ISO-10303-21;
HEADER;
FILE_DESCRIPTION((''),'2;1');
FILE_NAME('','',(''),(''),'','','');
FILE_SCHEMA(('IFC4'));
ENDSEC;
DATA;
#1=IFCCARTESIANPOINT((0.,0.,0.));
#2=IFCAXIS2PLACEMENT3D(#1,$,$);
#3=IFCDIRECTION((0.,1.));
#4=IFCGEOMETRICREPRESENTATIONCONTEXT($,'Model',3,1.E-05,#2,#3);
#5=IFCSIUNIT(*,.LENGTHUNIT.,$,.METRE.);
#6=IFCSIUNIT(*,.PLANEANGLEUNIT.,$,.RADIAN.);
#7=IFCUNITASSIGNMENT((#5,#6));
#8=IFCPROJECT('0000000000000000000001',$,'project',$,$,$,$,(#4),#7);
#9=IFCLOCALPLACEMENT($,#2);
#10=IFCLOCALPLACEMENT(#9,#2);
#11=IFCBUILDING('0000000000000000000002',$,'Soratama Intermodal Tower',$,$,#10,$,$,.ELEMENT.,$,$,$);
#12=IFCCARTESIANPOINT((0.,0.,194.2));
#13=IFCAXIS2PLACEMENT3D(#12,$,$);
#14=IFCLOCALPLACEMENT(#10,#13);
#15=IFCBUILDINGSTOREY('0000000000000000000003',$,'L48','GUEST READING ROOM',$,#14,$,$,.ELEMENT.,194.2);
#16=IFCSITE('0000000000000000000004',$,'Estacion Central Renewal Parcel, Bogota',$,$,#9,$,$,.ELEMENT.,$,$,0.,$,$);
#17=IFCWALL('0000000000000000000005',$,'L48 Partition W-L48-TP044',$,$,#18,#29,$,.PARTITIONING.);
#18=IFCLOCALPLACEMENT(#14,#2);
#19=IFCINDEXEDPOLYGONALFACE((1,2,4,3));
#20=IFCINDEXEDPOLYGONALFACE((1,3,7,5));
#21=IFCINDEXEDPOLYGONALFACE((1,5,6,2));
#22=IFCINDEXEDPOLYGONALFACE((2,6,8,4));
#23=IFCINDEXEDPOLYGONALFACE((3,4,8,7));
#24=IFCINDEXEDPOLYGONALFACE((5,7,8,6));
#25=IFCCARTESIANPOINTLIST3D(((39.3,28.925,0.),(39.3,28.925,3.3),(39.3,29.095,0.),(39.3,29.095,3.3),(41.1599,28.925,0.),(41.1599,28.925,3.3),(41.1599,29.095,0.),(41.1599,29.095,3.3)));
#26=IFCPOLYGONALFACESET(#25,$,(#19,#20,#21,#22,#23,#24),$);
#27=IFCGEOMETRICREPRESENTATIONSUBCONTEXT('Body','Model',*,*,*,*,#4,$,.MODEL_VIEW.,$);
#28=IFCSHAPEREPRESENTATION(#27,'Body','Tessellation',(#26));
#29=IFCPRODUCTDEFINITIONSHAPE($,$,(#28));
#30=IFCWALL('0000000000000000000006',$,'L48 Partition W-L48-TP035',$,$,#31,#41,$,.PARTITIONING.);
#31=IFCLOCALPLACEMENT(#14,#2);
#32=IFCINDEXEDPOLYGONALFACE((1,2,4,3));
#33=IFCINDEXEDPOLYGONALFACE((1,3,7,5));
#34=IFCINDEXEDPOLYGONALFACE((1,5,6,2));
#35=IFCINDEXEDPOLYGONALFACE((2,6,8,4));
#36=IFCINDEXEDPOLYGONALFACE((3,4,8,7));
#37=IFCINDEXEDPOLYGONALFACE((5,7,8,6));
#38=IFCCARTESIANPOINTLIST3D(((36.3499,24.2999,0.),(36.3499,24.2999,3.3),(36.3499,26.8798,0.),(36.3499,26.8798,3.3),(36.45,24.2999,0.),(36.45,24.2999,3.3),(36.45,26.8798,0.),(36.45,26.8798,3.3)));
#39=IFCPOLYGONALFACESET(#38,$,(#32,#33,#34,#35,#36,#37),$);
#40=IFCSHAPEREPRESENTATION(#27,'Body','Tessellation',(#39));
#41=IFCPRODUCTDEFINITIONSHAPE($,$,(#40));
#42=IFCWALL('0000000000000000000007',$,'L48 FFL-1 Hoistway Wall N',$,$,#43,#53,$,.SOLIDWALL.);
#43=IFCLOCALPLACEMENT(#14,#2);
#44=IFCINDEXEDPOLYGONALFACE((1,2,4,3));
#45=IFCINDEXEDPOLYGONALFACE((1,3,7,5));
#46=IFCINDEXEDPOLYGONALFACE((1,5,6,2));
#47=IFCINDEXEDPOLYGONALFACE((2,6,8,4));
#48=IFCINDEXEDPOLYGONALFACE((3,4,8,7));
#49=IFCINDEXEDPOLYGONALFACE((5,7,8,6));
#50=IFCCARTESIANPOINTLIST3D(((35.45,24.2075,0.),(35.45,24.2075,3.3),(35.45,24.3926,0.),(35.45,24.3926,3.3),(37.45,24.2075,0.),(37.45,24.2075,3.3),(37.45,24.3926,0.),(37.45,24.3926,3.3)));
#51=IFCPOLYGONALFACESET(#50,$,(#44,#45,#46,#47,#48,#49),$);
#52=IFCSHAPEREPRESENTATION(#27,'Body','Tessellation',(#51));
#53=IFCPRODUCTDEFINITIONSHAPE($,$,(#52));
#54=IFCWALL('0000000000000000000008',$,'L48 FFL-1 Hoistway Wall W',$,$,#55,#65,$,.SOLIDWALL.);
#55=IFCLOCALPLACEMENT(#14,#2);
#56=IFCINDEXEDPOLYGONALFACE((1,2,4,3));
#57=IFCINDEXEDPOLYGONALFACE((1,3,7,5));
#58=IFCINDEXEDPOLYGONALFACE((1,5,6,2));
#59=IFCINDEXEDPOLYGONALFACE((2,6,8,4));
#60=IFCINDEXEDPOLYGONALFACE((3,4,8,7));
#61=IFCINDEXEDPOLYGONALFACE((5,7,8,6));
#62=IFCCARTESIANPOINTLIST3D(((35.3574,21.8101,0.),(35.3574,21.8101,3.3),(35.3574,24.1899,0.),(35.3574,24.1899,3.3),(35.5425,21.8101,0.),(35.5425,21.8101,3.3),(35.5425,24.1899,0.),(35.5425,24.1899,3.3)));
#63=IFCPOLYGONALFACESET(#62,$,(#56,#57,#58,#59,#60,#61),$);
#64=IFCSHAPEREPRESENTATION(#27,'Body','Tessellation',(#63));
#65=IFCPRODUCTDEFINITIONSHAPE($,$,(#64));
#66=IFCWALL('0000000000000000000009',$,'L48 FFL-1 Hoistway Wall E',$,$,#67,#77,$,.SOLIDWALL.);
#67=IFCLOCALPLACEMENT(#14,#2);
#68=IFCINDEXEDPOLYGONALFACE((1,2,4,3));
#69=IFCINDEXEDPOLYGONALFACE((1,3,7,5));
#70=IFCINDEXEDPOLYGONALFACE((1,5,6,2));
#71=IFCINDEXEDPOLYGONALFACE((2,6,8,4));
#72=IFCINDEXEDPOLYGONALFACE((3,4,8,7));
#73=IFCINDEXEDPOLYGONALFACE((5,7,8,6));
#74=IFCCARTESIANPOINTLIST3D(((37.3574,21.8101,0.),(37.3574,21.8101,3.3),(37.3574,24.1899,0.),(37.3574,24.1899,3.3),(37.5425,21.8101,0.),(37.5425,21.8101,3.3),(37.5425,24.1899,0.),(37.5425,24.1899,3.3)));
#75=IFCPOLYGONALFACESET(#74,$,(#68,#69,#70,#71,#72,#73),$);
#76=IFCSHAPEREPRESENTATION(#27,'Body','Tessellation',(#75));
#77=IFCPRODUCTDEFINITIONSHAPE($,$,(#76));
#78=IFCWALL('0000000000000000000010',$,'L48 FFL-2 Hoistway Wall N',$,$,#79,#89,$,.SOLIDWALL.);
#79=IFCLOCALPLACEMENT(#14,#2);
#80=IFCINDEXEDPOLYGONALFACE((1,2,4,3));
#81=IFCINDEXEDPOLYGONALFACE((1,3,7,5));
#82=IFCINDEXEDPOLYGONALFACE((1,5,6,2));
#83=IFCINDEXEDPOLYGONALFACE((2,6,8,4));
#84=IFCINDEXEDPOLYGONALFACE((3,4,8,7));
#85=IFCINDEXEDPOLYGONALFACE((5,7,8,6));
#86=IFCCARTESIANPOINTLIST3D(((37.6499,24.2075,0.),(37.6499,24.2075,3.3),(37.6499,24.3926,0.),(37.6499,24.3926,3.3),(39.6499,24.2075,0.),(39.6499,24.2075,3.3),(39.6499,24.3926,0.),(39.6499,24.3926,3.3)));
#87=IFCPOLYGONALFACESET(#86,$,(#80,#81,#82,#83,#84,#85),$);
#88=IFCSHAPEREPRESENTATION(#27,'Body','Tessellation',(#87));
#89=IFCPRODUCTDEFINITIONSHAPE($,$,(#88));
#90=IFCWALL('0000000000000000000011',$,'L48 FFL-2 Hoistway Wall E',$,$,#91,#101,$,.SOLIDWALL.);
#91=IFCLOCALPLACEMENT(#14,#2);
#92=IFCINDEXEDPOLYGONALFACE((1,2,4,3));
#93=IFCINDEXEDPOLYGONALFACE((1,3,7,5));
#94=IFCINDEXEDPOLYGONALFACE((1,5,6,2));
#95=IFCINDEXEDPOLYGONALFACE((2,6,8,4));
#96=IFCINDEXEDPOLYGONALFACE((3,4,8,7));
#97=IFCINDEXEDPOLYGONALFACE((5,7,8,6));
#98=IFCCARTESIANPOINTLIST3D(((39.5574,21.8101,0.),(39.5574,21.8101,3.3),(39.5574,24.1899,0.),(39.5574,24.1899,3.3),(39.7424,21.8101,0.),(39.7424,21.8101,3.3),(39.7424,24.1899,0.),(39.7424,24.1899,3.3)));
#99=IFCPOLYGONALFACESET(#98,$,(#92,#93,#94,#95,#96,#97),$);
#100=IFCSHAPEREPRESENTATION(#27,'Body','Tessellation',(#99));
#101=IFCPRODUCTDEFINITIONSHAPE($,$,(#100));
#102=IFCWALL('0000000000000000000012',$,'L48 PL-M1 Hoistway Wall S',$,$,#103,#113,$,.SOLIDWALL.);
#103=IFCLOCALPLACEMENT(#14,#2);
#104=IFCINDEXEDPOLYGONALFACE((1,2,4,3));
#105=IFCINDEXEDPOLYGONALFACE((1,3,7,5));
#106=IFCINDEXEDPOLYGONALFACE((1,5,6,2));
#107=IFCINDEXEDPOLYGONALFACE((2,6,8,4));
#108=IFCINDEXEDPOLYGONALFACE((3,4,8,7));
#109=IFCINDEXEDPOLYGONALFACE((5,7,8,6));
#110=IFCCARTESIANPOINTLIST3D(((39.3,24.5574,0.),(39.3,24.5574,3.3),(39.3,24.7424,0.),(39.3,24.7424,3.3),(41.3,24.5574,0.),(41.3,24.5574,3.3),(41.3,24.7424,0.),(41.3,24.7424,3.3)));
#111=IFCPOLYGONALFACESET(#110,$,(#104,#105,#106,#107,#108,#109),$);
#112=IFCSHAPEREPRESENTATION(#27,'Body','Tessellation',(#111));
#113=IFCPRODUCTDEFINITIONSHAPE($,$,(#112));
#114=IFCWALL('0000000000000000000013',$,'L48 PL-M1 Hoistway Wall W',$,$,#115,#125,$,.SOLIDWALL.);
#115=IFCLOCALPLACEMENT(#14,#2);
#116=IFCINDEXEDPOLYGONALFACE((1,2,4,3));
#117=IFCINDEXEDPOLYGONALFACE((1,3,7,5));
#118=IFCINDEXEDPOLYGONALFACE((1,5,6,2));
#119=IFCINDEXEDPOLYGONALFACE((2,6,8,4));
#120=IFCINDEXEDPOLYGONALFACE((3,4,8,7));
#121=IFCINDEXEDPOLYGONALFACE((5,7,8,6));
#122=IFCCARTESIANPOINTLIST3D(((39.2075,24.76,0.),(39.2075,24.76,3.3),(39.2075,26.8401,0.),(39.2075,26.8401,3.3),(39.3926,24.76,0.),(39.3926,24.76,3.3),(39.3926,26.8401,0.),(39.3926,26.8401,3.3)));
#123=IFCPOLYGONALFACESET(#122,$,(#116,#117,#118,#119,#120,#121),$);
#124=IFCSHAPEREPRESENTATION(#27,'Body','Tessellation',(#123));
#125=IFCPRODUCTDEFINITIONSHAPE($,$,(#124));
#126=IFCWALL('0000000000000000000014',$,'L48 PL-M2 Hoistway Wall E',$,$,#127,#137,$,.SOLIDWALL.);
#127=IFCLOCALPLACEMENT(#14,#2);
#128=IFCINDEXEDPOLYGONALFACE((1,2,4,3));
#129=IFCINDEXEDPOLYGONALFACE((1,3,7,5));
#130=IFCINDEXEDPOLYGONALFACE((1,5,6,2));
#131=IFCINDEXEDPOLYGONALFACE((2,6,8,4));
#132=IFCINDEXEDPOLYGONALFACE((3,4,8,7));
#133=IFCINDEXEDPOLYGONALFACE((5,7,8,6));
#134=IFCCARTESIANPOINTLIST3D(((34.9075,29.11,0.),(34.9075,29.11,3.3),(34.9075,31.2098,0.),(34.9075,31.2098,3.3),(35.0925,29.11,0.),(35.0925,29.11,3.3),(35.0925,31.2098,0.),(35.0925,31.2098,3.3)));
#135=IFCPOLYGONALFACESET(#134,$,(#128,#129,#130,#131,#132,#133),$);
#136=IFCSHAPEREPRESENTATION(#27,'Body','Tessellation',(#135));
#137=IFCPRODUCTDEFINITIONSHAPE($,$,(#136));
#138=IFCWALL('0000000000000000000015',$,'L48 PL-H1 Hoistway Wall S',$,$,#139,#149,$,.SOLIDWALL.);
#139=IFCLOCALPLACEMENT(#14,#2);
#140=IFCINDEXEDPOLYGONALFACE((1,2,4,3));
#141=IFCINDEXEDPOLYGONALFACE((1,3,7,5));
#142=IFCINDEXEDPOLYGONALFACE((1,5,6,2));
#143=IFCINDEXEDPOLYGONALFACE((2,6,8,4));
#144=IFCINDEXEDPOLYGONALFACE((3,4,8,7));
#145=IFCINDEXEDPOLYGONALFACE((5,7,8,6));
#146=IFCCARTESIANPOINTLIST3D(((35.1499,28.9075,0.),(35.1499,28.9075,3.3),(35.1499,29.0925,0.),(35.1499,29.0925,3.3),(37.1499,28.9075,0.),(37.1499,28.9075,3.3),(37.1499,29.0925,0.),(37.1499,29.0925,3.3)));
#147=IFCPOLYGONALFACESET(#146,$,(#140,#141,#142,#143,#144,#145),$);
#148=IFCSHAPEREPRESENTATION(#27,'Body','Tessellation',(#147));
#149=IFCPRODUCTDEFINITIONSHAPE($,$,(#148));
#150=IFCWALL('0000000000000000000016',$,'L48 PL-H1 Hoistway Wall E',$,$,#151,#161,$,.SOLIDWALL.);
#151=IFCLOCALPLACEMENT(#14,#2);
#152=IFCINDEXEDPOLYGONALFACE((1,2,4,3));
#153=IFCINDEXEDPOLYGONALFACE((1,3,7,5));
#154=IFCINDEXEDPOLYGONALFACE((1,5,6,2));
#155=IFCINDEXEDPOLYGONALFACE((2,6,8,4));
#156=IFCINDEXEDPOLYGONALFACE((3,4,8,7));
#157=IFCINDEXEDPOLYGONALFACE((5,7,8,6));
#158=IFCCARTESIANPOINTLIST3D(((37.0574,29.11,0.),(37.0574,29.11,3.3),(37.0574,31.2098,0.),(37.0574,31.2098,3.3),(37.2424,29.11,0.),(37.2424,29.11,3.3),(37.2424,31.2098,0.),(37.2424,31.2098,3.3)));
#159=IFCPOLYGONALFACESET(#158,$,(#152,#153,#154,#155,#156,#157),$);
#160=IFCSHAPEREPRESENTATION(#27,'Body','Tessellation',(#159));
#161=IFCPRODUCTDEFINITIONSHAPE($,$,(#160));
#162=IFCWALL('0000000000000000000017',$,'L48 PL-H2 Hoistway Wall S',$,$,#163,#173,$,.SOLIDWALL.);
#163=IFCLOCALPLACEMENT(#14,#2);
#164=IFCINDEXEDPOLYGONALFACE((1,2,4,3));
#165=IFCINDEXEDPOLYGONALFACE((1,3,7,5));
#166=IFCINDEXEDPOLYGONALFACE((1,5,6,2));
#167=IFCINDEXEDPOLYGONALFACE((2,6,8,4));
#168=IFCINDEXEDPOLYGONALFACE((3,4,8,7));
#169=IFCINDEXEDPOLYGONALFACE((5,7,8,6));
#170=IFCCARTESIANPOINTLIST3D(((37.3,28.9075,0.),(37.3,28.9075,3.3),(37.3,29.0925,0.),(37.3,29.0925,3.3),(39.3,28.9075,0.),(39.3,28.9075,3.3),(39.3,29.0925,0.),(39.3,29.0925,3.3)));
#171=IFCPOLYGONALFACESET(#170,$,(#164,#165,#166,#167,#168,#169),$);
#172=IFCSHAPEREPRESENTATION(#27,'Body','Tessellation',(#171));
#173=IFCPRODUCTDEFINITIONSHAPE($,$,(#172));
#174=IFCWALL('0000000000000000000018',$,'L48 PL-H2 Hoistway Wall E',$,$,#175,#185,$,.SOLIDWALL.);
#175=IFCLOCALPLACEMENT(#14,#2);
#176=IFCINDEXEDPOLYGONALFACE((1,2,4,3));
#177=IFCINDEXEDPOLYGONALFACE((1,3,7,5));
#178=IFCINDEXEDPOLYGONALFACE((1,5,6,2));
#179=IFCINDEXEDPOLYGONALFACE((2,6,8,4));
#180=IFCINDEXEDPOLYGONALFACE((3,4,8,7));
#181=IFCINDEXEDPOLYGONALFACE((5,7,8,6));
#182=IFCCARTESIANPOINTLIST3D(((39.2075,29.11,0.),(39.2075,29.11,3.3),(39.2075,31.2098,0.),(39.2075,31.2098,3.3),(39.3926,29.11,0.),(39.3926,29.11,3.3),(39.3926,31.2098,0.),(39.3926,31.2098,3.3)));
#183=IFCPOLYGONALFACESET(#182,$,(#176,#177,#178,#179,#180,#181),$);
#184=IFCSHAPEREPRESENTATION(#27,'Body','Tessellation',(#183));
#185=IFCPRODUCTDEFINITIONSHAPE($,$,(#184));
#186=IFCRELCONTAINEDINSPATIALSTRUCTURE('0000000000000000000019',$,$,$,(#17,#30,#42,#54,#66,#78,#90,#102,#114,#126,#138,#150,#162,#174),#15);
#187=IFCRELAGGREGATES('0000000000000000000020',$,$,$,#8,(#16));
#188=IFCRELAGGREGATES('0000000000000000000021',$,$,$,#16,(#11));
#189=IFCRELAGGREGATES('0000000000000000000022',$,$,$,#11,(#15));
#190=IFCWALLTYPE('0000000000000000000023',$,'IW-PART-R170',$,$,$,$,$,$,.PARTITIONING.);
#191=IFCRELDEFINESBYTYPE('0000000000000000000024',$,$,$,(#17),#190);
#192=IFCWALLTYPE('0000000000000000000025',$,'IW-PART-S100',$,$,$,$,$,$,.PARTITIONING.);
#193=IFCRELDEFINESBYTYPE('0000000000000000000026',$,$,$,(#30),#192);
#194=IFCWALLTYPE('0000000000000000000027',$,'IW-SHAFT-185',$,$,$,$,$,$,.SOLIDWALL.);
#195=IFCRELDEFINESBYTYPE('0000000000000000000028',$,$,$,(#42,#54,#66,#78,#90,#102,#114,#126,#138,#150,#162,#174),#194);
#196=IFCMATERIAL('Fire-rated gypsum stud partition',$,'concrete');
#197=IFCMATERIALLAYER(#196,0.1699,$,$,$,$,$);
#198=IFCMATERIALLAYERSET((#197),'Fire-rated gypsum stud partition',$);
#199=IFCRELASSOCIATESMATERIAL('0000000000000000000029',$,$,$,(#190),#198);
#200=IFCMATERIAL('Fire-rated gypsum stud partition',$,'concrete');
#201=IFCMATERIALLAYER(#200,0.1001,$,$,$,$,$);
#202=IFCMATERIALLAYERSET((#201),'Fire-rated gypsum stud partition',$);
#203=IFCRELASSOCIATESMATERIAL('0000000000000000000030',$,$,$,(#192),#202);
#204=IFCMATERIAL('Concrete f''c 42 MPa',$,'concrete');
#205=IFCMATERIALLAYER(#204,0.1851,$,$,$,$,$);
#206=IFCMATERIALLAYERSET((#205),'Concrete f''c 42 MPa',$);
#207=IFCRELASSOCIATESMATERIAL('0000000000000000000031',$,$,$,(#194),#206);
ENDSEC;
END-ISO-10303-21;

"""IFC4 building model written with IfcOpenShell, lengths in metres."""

from ifc_helpers import new_model, si_unit, direction, frame, frame_2d, origin, place, context, subcontext, project, spatial, rectangle, extrude, material, layer, layer_set, type_object, element, save


model = new_model("IFC4")

# Units and contexts
model_context = context("Model", 3, precision=1e-05, world=origin(), true_north=direction((0.0, 1.0)))
body_context = subcontext(model_context, "Body", "Model", "MODEL_VIEW")
ifc_project = project(units=[si_unit("LENGTHUNIT", "METRE"), si_unit("PLANEANGLEUNIT", "RADIAN")], contexts=[model_context])

# Site, building, storey
site_placement = place(None, origin())
site = spatial("IfcSite", under=ifc_project, at=site_placement, Name="Estacion Central Renewal Parcel, Bogota", CompositionType="ELEMENT", RefElevation=0.0)
building_placement = place(site_placement, origin())
building = spatial("IfcBuilding", under=site, at=building_placement, Name="Soratama Intermodal Tower", CompositionType="ELEMENT")
storey_placement = place(building_placement, frame((0.0, 0.0, 194.2)))
storey = spatial("IfcBuildingStorey", under=building, at=storey_placement, Name="L48", Description="GUEST READING ROOM", CompositionType="ELEMENT", Elevation=194.2)

# Shared definitions
ifc_material_1 = material(Name="Fire-rated gypsum stud partition", Category="concrete")
ifc_layer_1 = layer(ifc_material_1, 0.1699)
ifc_layer_set_1 = layer_set([ifc_layer_1], Name="Fire-rated gypsum stud partition")
wall_type_1 = type_object("IfcWallType", Name="IW-PART-R170", PredefinedType="PARTITIONING", material=ifc_layer_set_1)

# Walls
wall_1_placement = place(storey_placement, frame((39.3, 29.01, 0.0), z_axis=(0.0, 0.0, 1.0), x_axis=(1.0, 0.0, 0.0)))
element("IfcWall", 1, at=wall_1_placement, inside=storey, type_object=wall_type_1, Name="L48 Partition W-L48-TP044", PredefinedType="PARTITIONING", context=body_context, shape_type="SweptSolid", body=[
    extrude(rectangle(XDim=1.8599, YDim=0.1699, at=frame_2d((0.9299, 0.0))), origin(), (0.0, 0.0, 1.0), 3.3),
])
ifc_material_2 = material(Name="Fire-rated gypsum stud partition", Category="concrete")
ifc_layer_2 = layer(ifc_material_2, 0.1001)
ifc_layer_set_2 = layer_set([ifc_layer_2], Name="Fire-rated gypsum stud partition")
wall_type_2 = type_object("IfcWallType", Name="IW-PART-S100", PredefinedType="PARTITIONING", material=ifc_layer_set_2)
wall_2_placement = place(storey_placement, frame((36.3999, 26.8799, 0.0), z_axis=(0.0, 0.0, 1.0), x_axis=(0.0, -1.0, 0.0)))
element("IfcWall", 2, at=wall_2_placement, inside=storey, type_object=wall_type_2, Name="L48 Partition W-L48-TP035", PredefinedType="PARTITIONING", context=body_context, shape_type="SweptSolid", body=[
    extrude(rectangle(XDim=2.5798, YDim=0.1001, at=frame_2d((1.29, 0.0))), origin(), (0.0, 0.0, 1.0), 3.3),
])
ifc_material_3 = material(Name="Concrete f'c 42 MPa", Category="concrete")
ifc_layer_3 = layer(ifc_material_3, 0.1851)
ifc_layer_set_3 = layer_set([ifc_layer_3], Name="Concrete f'c 42 MPa")
wall_type_3 = type_object("IfcWallType", Name="IW-SHAFT-185", PredefinedType="SOLIDWALL", material=ifc_layer_set_3)
wall_3_placement = place(storey_placement, frame((35.45, 24.3, 0.0), z_axis=(0.0, 0.0, 1.0), x_axis=(1.0, 0.0, 0.0)))
element("IfcWall", 3, at=wall_3_placement, inside=storey, type_object=wall_type_3, Name="L48 FFL-1 Hoistway Wall N", PredefinedType="SOLIDWALL", context=body_context, shape_type="SweptSolid", body=[
    extrude(rectangle(XDim=2.0, YDim=0.1851, at=frame_2d((1.0, 0.0))), origin(), (0.0, 0.0, 1.0), 3.3),
])
for number, where, z_axis, x_axis, name in (
    (4, (35.45, 21.8101, 0.0), (0.0, 0.0, 1.0), (0.0, 1.0, 0.0), "L48 FFL-1 Hoistway Wall W"),
    (5, (37.45, 21.8101, 0.0), (0.0, 0.0, 1.0), (0.0, 1.0, 0.0), "L48 FFL-1 Hoistway Wall E"),
):
    element("IfcWall", number, at=place(storey_placement, frame(where, z_axis=z_axis, x_axis=x_axis)), inside=storey, type_object=wall_type_3, Name=name, PredefinedType="SOLIDWALL", context=body_context, shape_type="SweptSolid", body=[
        extrude(rectangle(XDim=2.3799, YDim=0.1851, at=frame_2d((1.1899, 0.0))), origin(), (0.0, 0.0, 1.0), 3.3),
    ])

# Walls
wall_4_placement = place(storey_placement, frame((37.6499, 24.3, 0.0), z_axis=(0.0, 0.0, 1.0), x_axis=(1.0, 0.0, 0.0)))
element("IfcWall", 6, at=wall_4_placement, inside=storey, type_object=wall_type_3, Name="L48 FFL-2 Hoistway Wall N", PredefinedType="SOLIDWALL", context=body_context, shape_type="SweptSolid", body=[
    extrude(rectangle(XDim=2.0, YDim=0.1851, at=frame_2d((1.0, 0.0))), origin(), (0.0, 0.0, 1.0), 3.3),
])
wall_5_placement = place(storey_placement, frame((39.6499, 21.8101, 0.0), z_axis=(0.0, 0.0, 1.0), x_axis=(0.0, 1.0, 0.0)))
element("IfcWall", 7, at=wall_5_placement, inside=storey, type_object=wall_type_3, Name="L48 FFL-2 Hoistway Wall E", PredefinedType="SOLIDWALL", context=body_context, shape_type="SweptSolid", body=[
    extrude(rectangle(XDim=2.3799, YDim=0.1851, at=frame_2d((1.1899, 0.0))), origin(), (0.0, 0.0, 1.0), 3.3),
])
wall_6_placement = place(storey_placement, frame((39.3, 24.6499, 0.0), z_axis=(0.0, 0.0, 1.0), x_axis=(1.0, 0.0, 0.0)))
element("IfcWall", 8, at=wall_6_placement, inside=storey, type_object=wall_type_3, Name="L48 PL-M1 Hoistway Wall S", PredefinedType="SOLIDWALL", context=body_context, shape_type="SweptSolid", body=[
    extrude(rectangle(XDim=2.0, YDim=0.1851, at=frame_2d((1.0, 0.0))), origin(), (0.0, 0.0, 1.0), 3.3),
])

# Walls
wall_7_placement = place(storey_placement, frame((39.3, 24.76, 0.0), z_axis=(0.0, 0.0, 1.0), x_axis=(0.0, 1.0, 0.0)))
element("IfcWall", 9, at=wall_7_placement, inside=storey, type_object=wall_type_3, Name="L48 PL-M1 Hoistway Wall W", PredefinedType="SOLIDWALL", context=body_context, shape_type="SweptSolid", body=[
    extrude(rectangle(XDim=2.0801, YDim=0.1851, at=frame_2d((1.04, 0.0))), origin(), (0.0, 0.0, 1.0), 3.3),
])
wall_8_placement = place(storey_placement, frame((35.0, 29.1101, 0.0), z_axis=(0.0, 0.0, 1.0), x_axis=(0.0, 1.0, 0.0)))
element("IfcWall", 10, at=wall_8_placement, inside=storey, type_object=wall_type_3, Name="L48 PL-M2 Hoistway Wall E", PredefinedType="SOLIDWALL", context=body_context, shape_type="SweptSolid", body=[
    extrude(rectangle(XDim=2.0999, YDim=0.1851, at=frame_2d((1.0498, 0.0))), origin(), (0.0, 0.0, 1.0), 3.3),
])
wall_9_placement = place(storey_placement, frame((35.1499, 29.0, 0.0), z_axis=(0.0, 0.0, 1.0), x_axis=(1.0, 0.0, 0.0)))
element("IfcWall", 11, at=wall_9_placement, inside=storey, type_object=wall_type_3, Name="L48 PL-H1 Hoistway Wall S", PredefinedType="SOLIDWALL", context=body_context, shape_type="SweptSolid", body=[
    extrude(rectangle(XDim=2.0, YDim=0.1851, at=frame_2d((1.0, 0.0))), origin(), (0.0, 0.0, 1.0), 3.3),
])
wall_10_placement = place(storey_placement, frame((37.1499, 29.1101, 0.0), z_axis=(0.0, 0.0, 1.0), x_axis=(0.0, 1.0, 0.0)))
element("IfcWall", 12, at=wall_10_placement, inside=storey, type_object=wall_type_3, Name="L48 PL-H1 Hoistway Wall E", PredefinedType="SOLIDWALL", context=body_context, shape_type="SweptSolid", body=[
    extrude(rectangle(XDim=2.0999, YDim=0.1851, at=frame_2d((1.0498, 0.0))), origin(), (0.0, 0.0, 1.0), 3.3),
])
wall_11_placement = place(storey_placement, frame((37.3, 29.0, 0.0), z_axis=(0.0, 0.0, 1.0), x_axis=(1.0, 0.0, 0.0)))
element("IfcWall", 13, at=wall_11_placement, inside=storey, type_object=wall_type_3, Name="L48 PL-H2 Hoistway Wall S", PredefinedType="SOLIDWALL", context=body_context, shape_type="SweptSolid", body=[
    extrude(rectangle(XDim=2.0, YDim=0.1851, at=frame_2d((1.0, 0.0))), origin(), (0.0, 0.0, 1.0), 3.3),
])
wall_12_placement = place(storey_placement, frame((39.3, 29.1101, 0.0), z_axis=(0.0, 0.0, 1.0), x_axis=(0.0, 1.0, 0.0)))
element("IfcWall", 14, at=wall_12_placement, inside=storey, type_object=wall_type_3, Name="L48 PL-H2 Hoistway Wall E", PredefinedType="SOLIDWALL", context=body_context, shape_type="SweptSolid", body=[
    extrude(rectangle(XDim=2.0999, YDim=0.1851, at=frame_2d((1.0498, 0.0))), origin(), (0.0, 0.0, 1.0), 3.3),
])

save(model, "model.ifc")
